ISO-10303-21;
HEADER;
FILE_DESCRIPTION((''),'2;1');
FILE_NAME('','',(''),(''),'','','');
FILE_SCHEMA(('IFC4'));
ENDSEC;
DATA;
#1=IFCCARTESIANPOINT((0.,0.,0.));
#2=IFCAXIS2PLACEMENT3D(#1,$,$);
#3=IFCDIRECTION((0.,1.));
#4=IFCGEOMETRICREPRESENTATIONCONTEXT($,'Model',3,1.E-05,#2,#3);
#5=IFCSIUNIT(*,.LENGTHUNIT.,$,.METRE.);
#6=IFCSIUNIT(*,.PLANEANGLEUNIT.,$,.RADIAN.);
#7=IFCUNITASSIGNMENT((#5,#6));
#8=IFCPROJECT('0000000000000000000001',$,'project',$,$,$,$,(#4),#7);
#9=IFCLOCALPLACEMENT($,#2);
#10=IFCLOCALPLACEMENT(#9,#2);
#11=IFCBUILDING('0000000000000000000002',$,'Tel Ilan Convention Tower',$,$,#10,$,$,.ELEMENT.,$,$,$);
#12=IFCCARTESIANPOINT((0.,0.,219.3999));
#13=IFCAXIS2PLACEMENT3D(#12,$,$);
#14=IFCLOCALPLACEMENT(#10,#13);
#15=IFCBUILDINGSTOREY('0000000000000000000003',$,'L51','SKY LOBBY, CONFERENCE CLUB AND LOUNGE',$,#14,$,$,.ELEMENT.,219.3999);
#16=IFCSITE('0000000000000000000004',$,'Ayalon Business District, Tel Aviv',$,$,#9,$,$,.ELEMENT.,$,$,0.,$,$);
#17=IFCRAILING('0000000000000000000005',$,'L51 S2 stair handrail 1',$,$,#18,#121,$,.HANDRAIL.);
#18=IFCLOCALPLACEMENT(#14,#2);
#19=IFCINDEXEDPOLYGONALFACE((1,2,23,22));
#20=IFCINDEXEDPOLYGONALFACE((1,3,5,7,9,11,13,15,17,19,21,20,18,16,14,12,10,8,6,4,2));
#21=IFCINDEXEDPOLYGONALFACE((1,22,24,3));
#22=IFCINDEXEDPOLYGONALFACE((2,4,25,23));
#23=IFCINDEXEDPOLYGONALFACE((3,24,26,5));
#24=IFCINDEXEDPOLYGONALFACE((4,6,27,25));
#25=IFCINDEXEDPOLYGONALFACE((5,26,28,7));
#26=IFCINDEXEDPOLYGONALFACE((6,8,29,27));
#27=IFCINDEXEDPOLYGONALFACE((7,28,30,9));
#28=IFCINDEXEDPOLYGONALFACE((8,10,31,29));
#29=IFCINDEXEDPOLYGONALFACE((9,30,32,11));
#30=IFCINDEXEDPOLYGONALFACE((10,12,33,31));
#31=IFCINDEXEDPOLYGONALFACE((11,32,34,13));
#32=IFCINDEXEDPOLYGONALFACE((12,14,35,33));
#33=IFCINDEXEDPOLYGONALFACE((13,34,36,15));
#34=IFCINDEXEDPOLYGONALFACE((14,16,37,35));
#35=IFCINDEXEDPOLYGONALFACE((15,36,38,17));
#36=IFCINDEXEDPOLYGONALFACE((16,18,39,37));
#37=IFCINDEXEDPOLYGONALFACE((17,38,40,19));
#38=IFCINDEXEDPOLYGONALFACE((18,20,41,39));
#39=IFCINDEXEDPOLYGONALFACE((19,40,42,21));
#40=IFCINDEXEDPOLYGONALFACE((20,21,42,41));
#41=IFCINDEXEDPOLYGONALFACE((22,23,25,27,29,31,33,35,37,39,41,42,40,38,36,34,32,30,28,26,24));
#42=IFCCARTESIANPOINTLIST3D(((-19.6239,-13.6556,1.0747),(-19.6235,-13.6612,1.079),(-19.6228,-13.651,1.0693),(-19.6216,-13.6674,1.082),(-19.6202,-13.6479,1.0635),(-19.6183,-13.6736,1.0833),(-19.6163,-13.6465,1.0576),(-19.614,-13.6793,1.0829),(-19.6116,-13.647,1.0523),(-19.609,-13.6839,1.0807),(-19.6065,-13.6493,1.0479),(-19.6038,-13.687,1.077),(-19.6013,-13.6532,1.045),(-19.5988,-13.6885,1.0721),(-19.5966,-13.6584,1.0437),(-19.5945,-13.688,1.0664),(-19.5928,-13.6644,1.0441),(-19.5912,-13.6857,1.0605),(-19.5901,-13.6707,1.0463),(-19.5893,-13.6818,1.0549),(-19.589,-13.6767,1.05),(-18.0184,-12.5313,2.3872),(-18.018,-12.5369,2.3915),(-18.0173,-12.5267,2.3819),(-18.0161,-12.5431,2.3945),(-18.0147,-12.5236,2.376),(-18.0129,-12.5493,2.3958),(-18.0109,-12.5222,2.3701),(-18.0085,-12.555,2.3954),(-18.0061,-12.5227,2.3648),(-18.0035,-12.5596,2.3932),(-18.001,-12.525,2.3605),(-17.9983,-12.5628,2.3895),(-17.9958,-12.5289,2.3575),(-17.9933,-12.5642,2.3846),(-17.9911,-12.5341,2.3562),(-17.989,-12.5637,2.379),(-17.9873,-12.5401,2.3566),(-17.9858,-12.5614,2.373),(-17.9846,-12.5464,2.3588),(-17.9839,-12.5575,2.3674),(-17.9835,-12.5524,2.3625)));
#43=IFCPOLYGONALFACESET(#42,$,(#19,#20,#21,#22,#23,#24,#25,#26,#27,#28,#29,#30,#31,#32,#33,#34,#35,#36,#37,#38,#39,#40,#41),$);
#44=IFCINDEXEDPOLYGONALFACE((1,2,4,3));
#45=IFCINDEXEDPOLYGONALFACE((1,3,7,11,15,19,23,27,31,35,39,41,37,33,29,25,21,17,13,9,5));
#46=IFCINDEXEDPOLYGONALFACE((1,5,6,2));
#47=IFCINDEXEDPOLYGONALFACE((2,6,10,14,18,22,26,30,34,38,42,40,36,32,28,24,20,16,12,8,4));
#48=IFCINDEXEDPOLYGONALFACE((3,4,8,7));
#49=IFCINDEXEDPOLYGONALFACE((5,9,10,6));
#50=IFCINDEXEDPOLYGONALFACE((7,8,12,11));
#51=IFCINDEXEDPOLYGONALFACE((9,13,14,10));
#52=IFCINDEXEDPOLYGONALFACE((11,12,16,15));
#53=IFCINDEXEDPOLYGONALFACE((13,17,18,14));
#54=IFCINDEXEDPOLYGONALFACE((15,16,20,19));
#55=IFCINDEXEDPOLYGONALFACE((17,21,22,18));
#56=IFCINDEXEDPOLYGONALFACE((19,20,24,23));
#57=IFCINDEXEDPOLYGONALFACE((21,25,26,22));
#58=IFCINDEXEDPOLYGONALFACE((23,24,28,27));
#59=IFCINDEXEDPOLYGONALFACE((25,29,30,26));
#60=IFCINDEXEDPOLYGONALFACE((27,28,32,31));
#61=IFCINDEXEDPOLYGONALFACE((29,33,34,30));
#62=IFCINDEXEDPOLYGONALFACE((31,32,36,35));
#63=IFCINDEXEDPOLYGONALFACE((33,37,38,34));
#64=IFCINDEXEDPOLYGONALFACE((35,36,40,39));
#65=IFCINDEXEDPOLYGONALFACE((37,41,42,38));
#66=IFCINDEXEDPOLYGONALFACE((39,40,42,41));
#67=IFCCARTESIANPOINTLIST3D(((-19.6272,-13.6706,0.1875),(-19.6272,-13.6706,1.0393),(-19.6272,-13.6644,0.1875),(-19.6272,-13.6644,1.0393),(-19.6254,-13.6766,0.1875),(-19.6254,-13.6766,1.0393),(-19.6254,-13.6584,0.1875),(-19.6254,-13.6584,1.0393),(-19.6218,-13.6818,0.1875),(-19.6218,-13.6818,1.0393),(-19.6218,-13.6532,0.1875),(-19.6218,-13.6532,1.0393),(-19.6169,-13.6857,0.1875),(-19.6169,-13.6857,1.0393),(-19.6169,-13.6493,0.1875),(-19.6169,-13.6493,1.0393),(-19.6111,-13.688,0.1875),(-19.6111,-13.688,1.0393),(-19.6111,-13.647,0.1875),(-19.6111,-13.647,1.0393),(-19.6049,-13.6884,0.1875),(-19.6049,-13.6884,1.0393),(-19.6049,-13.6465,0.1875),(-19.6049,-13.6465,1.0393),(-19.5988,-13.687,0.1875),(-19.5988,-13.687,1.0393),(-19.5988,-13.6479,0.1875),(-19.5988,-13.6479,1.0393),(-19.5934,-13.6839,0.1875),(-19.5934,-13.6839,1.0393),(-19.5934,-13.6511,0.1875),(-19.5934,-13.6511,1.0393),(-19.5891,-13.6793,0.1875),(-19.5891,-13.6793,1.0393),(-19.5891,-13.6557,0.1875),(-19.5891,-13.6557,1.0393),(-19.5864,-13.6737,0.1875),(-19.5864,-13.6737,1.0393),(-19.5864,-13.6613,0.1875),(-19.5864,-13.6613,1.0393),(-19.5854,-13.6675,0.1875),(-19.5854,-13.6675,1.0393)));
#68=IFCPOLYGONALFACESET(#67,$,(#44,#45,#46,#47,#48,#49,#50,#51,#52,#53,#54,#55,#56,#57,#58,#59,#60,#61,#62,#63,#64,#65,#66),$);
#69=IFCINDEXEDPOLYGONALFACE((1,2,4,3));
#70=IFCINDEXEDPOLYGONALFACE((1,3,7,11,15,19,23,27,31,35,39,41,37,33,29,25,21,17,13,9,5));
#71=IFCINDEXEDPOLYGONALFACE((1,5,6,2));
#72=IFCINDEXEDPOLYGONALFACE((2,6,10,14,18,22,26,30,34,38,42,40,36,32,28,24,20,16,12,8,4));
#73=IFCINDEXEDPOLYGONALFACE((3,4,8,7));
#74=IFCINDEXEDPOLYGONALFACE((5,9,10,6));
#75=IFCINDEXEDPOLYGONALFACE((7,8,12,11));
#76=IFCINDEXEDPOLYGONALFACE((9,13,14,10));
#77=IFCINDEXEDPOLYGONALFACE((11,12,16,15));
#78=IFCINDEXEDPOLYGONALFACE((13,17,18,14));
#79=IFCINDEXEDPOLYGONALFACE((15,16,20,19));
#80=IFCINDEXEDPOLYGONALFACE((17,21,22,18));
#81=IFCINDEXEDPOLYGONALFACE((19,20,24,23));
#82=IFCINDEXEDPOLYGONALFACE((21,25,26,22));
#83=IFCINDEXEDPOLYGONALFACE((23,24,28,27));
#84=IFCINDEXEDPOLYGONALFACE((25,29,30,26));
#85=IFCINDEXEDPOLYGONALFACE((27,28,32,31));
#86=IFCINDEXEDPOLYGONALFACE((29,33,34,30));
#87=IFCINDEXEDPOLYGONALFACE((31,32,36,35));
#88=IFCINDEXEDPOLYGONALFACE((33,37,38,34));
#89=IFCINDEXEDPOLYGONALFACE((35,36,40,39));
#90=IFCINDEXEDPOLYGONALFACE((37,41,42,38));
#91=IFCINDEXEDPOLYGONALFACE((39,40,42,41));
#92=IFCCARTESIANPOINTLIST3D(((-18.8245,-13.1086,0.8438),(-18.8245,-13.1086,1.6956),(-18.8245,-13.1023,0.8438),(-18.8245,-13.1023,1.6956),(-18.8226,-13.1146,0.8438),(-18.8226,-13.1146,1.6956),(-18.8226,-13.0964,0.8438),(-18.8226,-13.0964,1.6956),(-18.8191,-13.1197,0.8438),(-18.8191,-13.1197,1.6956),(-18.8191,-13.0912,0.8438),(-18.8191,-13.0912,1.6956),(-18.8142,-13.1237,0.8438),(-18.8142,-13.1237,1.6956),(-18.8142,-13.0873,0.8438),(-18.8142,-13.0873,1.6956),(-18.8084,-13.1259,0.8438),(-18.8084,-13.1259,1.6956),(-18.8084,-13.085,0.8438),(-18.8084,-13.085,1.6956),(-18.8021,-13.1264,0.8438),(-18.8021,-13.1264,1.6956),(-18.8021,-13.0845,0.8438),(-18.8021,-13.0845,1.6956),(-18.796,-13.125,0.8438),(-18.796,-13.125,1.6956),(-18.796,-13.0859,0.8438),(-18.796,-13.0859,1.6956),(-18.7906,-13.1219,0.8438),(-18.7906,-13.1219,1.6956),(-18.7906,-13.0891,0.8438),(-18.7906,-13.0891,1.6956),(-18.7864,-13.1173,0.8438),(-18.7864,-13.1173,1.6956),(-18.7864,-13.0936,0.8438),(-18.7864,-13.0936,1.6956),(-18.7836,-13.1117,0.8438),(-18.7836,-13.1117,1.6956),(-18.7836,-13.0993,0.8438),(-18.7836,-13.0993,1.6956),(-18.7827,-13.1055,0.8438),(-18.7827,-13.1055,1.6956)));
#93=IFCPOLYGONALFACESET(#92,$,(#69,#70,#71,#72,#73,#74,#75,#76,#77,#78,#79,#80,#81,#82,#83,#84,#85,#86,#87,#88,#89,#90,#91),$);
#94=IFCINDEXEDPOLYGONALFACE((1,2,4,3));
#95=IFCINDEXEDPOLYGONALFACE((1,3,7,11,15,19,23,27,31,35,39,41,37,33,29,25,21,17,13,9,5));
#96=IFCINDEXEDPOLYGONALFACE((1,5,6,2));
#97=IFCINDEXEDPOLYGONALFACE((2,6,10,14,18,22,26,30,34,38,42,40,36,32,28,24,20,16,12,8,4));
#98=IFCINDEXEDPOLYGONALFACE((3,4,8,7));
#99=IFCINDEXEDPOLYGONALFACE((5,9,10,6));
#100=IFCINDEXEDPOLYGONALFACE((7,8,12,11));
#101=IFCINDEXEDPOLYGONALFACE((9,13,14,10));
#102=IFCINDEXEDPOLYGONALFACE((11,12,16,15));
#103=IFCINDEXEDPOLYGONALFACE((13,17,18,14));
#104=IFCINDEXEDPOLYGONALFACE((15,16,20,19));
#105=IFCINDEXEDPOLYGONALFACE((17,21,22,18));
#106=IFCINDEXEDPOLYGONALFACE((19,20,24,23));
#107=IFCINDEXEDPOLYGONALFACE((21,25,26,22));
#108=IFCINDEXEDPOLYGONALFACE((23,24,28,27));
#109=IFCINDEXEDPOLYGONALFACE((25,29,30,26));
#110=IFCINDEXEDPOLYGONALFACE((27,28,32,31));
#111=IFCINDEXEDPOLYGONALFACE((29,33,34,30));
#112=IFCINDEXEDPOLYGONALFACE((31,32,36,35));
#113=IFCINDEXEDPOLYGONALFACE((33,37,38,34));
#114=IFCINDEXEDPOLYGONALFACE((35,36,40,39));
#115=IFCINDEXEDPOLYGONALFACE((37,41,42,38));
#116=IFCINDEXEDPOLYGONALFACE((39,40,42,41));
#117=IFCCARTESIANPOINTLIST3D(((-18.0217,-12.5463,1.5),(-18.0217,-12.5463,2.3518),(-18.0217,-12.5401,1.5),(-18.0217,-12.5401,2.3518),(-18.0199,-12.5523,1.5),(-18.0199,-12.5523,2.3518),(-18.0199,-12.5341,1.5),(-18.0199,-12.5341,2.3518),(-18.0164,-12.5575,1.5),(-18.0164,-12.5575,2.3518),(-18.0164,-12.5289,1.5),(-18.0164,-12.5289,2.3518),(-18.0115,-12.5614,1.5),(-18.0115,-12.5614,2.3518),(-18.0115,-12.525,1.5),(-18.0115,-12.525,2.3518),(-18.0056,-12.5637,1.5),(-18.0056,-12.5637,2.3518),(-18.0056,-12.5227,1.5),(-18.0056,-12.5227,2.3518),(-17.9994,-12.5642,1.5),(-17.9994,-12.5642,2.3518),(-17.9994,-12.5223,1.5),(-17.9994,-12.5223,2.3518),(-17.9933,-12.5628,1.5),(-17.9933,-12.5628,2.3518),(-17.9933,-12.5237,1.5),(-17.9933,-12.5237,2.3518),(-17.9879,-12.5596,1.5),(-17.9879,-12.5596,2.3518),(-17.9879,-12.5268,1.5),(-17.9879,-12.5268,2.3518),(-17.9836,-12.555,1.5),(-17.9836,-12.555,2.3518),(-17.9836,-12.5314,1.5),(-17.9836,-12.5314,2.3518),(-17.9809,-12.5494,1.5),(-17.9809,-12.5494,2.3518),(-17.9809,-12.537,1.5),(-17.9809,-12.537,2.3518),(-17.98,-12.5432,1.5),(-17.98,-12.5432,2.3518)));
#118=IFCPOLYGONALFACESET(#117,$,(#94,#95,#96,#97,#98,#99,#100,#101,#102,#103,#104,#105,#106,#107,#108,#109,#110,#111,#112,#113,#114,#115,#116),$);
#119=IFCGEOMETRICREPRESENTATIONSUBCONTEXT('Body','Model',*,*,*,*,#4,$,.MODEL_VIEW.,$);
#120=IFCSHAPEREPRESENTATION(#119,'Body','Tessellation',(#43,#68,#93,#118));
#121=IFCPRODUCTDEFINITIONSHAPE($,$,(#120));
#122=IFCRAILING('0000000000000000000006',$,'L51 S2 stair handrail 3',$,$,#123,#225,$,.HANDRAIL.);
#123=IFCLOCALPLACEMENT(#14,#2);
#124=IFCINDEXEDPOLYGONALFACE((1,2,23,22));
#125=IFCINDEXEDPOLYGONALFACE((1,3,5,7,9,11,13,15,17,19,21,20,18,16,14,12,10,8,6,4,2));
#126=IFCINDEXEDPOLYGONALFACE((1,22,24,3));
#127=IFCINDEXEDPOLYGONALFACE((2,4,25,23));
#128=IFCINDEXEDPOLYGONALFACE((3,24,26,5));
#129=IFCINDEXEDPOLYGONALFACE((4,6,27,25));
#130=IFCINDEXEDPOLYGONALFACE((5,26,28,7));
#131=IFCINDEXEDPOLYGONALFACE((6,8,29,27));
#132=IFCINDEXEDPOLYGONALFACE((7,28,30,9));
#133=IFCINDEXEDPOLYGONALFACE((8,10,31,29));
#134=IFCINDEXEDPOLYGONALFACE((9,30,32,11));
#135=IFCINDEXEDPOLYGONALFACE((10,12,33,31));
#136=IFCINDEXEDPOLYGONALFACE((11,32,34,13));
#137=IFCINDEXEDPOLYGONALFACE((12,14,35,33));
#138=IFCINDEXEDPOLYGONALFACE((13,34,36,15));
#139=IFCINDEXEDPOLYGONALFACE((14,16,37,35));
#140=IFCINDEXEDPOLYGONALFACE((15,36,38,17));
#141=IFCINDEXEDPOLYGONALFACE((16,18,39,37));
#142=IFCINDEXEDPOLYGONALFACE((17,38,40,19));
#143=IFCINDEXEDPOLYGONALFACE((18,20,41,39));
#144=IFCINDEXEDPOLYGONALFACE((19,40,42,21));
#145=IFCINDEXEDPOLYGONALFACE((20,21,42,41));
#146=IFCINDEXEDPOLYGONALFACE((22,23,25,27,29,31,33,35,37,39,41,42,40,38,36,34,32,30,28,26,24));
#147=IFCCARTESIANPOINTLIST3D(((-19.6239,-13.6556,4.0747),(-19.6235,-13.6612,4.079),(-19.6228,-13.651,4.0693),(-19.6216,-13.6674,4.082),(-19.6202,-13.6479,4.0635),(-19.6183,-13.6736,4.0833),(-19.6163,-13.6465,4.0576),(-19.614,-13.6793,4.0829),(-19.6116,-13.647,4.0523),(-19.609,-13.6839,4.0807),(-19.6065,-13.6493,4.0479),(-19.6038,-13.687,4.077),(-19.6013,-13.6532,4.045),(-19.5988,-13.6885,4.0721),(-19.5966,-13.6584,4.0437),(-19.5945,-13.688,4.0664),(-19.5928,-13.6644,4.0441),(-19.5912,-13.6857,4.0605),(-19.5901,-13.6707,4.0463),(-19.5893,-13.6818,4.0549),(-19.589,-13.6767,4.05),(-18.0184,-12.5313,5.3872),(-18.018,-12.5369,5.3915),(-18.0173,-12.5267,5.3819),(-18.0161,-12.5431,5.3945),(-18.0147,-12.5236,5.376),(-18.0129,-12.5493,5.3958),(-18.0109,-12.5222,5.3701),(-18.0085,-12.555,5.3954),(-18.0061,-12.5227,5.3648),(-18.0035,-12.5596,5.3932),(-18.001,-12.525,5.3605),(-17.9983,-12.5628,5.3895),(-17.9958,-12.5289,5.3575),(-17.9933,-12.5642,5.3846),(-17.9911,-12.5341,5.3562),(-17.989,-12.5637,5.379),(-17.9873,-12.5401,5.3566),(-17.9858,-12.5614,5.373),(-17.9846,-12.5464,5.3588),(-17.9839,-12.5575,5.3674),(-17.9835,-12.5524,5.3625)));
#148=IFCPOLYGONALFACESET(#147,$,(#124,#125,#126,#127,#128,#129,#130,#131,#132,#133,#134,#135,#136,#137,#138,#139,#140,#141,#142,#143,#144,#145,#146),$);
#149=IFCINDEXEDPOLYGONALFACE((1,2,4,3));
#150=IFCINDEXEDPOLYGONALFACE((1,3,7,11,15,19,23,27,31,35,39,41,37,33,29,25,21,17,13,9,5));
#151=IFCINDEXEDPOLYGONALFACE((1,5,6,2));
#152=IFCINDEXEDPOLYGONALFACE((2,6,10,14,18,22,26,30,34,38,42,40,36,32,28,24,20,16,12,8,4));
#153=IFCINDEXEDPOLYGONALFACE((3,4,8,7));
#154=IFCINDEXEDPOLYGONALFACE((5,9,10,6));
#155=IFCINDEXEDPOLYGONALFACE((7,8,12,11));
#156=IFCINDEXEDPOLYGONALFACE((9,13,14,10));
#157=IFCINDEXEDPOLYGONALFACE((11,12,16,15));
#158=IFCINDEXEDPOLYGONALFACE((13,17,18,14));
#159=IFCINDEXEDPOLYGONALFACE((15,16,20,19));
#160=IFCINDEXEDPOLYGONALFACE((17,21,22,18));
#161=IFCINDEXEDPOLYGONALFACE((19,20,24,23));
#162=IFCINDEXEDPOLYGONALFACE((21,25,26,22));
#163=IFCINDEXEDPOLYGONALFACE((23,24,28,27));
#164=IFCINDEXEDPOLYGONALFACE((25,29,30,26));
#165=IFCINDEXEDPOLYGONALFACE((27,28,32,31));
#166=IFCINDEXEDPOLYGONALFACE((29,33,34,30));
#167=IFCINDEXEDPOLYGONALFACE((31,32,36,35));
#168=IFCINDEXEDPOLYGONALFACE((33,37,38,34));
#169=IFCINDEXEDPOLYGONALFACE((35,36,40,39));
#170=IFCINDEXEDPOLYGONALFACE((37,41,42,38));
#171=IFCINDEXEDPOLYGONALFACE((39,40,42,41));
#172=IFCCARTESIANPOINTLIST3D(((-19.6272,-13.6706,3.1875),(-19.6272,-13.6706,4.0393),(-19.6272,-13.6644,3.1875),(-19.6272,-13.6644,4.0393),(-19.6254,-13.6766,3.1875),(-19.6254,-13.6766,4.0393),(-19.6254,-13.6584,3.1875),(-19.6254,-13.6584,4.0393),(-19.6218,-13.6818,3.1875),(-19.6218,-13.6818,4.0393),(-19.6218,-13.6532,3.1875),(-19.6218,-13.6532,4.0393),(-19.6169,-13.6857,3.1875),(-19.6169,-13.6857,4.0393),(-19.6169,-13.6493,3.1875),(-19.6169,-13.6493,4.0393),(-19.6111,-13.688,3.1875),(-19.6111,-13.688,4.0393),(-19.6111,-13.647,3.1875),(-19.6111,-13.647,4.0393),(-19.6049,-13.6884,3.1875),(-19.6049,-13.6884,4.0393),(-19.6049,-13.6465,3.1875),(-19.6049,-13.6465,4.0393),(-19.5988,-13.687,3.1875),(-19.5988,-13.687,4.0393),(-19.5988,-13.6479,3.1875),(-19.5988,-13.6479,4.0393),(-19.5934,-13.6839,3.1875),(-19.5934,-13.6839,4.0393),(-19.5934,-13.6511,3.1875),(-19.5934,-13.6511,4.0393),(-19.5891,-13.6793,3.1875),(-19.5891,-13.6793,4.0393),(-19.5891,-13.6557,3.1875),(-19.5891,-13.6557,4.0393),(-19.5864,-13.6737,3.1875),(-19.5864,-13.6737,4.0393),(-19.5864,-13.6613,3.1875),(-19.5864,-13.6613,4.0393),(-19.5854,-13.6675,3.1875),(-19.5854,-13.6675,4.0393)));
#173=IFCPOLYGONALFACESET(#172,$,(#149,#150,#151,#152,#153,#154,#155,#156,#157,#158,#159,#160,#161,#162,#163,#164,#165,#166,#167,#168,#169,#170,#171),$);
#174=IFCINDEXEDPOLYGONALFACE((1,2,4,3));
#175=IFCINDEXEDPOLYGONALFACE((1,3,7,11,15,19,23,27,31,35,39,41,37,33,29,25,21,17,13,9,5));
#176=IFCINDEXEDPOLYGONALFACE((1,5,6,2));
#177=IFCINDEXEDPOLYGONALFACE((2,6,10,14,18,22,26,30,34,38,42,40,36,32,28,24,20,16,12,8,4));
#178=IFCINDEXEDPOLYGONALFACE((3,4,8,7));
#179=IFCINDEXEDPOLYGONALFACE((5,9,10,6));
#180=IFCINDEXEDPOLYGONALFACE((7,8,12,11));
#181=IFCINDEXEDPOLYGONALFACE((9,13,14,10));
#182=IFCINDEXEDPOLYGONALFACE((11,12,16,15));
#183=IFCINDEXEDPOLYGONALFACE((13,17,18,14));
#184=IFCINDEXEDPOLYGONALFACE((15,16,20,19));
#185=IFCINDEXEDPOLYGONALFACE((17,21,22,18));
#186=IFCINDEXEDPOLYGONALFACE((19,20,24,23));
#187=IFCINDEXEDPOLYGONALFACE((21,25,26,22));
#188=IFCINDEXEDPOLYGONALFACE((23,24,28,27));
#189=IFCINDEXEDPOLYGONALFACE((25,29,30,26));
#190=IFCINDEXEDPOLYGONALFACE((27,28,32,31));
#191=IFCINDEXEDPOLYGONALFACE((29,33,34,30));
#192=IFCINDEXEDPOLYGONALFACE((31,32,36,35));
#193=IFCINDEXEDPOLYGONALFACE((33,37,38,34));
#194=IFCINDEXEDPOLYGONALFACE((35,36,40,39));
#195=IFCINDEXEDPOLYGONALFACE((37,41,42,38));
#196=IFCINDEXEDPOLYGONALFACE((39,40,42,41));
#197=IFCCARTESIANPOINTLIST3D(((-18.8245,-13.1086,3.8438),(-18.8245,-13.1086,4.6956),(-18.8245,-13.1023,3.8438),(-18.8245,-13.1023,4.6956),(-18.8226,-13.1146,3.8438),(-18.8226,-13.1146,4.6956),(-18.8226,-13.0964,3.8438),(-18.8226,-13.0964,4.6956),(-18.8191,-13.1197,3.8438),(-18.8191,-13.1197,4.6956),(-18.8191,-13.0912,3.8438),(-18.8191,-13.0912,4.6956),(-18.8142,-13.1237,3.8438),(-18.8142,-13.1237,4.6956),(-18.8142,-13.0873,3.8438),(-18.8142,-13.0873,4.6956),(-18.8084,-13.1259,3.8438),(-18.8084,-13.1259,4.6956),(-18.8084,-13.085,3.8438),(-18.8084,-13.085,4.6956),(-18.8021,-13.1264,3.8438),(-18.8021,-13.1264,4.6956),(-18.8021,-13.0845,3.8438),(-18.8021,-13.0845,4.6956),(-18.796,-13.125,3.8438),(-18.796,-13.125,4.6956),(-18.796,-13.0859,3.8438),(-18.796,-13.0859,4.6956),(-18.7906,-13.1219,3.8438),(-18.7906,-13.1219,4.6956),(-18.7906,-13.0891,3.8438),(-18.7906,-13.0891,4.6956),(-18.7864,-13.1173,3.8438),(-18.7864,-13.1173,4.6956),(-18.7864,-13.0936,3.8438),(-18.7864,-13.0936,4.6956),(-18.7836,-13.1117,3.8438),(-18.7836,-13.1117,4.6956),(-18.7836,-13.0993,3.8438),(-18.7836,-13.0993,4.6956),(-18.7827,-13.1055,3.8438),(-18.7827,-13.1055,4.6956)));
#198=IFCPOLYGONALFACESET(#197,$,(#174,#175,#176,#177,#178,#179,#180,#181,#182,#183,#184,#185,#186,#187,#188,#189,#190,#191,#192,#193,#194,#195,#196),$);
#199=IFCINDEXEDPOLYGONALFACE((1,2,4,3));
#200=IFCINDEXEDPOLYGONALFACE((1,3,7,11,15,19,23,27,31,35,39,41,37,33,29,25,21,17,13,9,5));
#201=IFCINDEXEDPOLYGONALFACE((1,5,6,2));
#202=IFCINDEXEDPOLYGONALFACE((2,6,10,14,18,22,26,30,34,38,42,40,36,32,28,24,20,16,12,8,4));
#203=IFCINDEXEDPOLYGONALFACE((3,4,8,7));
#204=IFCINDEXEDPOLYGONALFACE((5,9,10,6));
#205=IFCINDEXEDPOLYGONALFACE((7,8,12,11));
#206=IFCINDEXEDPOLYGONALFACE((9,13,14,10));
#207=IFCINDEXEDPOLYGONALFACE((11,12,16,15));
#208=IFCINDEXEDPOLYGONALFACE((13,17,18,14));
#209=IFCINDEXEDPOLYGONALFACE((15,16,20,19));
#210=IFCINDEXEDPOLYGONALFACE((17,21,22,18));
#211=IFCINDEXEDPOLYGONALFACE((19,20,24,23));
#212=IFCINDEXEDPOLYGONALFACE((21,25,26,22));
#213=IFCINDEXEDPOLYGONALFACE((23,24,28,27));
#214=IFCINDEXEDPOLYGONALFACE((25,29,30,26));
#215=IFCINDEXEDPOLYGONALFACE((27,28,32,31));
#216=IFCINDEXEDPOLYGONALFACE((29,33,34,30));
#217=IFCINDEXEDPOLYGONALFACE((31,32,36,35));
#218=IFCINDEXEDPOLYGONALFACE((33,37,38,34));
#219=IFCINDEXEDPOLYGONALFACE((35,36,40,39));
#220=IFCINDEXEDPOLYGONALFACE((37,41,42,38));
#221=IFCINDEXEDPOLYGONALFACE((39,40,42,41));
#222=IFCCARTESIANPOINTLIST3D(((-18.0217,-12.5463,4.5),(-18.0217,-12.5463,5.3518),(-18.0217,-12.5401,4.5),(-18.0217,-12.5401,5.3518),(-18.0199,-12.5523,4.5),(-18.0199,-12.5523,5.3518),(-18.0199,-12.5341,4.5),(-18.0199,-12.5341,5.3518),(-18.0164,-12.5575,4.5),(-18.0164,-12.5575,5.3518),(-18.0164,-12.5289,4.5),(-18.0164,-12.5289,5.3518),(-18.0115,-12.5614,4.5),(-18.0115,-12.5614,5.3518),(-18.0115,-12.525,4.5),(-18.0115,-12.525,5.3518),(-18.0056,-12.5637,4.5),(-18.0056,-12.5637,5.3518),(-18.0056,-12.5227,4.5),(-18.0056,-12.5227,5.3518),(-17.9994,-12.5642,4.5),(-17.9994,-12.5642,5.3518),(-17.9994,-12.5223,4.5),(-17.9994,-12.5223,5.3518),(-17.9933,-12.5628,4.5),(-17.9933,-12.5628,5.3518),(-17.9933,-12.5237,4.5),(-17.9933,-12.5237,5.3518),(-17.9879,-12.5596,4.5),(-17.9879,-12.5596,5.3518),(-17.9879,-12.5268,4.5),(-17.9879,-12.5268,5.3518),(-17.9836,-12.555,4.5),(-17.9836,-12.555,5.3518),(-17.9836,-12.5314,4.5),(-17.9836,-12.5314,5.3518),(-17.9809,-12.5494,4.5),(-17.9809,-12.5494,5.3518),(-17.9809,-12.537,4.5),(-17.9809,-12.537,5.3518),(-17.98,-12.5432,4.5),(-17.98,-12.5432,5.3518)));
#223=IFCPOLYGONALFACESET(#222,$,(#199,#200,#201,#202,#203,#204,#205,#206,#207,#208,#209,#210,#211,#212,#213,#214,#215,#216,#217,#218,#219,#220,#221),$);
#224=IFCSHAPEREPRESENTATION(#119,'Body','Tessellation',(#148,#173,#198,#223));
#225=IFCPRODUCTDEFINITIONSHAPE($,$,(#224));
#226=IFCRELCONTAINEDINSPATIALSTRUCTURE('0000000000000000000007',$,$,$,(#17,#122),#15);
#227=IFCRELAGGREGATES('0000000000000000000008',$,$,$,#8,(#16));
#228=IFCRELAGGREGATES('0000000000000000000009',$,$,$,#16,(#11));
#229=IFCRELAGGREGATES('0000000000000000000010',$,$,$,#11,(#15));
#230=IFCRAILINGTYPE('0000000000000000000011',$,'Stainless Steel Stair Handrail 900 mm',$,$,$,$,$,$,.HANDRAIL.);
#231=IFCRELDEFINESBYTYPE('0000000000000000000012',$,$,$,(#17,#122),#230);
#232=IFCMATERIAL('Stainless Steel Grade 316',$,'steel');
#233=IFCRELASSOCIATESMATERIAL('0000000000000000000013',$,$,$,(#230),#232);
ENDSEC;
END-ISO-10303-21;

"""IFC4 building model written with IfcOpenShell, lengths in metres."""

from ifc_helpers import new_model, si_unit, direction, frame, origin, origin_2d, place, context, subcontext, project, spatial, circle, extrude, material, type_object, element, save


model = new_model("IFC4")

# Units and contexts
model_context = context("Model", 3, precision=1e-05, world=origin(), true_north=direction((0.0, 1.0)))
body_context = subcontext(model_context, "Body", "Model", "MODEL_VIEW")
ifc_project = project(units=[si_unit("LENGTHUNIT", "METRE"), si_unit("PLANEANGLEUNIT", "RADIAN")], contexts=[model_context])

# Site, building, storey
site_placement = place(None, origin())
site = spatial("IfcSite", under=ifc_project, at=site_placement, Name="Ayalon Business District, Tel Aviv", CompositionType="ELEMENT", RefElevation=0.0)
building_placement = place(site_placement, origin())
building = spatial("IfcBuilding", under=site, at=building_placement, Name="Tel Ilan Convention Tower", CompositionType="ELEMENT")
storey_placement = place(building_placement, frame((0.0, 0.0, 219.3999)))
storey = spatial("IfcBuildingStorey", under=building, at=storey_placement, Name="L51", Description="SKY LOBBY, CONFERENCE CLUB AND LOUNGE", CompositionType="ELEMENT", Elevation=219.3999)

# Railings
ifc_material_1 = material(Name="Stainless Steel Grade 316", Category="steel")
railing_type = type_object("IfcRailingType", Name="Stainless Steel Stair Handrail 900 mm", PredefinedType="HANDRAIL", material=ifc_material_1)
for number, where, name in (
    (1, (-19.6064, -13.6675, 0.1875), "L51 S2 stair handrail 1"),
    (2, (-19.6064, -13.6675, 3.1875), "L51 S2 stair handrail 3"),
):
    element("IfcRailing", number, at=place(storey_placement, frame(where)), inside=storey, type_object=railing_type, Name=name, PredefinedType="HANDRAIL", context=body_context, shape_type="SweptSolid", body=[
        extrude(circle(Radius=0.0239, at=origin_2d()), frame((0.0, 0.0, 0.876), z_axis=(0.680616, 0.476617, 0.556416), x_axis=(-0.573613, 0.819127, 0.0)), (0.0, 0.0, 1.0), 2.3589),
        extrude(circle(Radius=0.021, at=origin_2d()), origin(), (0.0, 0.0, 1.0), 0.8518),
        extrude(circle(Radius=0.021, at=origin_2d()), frame((0.8027, 0.562, 0.6562)), (0.0, 0.0, 1.0), 0.8518),
        extrude(circle(Radius=0.021, at=origin_2d()), frame((1.6055, 1.1243, 1.3125)), (0.0, 0.0, 1.0), 0.8518),
    ])

save(model, "model.ifc")
